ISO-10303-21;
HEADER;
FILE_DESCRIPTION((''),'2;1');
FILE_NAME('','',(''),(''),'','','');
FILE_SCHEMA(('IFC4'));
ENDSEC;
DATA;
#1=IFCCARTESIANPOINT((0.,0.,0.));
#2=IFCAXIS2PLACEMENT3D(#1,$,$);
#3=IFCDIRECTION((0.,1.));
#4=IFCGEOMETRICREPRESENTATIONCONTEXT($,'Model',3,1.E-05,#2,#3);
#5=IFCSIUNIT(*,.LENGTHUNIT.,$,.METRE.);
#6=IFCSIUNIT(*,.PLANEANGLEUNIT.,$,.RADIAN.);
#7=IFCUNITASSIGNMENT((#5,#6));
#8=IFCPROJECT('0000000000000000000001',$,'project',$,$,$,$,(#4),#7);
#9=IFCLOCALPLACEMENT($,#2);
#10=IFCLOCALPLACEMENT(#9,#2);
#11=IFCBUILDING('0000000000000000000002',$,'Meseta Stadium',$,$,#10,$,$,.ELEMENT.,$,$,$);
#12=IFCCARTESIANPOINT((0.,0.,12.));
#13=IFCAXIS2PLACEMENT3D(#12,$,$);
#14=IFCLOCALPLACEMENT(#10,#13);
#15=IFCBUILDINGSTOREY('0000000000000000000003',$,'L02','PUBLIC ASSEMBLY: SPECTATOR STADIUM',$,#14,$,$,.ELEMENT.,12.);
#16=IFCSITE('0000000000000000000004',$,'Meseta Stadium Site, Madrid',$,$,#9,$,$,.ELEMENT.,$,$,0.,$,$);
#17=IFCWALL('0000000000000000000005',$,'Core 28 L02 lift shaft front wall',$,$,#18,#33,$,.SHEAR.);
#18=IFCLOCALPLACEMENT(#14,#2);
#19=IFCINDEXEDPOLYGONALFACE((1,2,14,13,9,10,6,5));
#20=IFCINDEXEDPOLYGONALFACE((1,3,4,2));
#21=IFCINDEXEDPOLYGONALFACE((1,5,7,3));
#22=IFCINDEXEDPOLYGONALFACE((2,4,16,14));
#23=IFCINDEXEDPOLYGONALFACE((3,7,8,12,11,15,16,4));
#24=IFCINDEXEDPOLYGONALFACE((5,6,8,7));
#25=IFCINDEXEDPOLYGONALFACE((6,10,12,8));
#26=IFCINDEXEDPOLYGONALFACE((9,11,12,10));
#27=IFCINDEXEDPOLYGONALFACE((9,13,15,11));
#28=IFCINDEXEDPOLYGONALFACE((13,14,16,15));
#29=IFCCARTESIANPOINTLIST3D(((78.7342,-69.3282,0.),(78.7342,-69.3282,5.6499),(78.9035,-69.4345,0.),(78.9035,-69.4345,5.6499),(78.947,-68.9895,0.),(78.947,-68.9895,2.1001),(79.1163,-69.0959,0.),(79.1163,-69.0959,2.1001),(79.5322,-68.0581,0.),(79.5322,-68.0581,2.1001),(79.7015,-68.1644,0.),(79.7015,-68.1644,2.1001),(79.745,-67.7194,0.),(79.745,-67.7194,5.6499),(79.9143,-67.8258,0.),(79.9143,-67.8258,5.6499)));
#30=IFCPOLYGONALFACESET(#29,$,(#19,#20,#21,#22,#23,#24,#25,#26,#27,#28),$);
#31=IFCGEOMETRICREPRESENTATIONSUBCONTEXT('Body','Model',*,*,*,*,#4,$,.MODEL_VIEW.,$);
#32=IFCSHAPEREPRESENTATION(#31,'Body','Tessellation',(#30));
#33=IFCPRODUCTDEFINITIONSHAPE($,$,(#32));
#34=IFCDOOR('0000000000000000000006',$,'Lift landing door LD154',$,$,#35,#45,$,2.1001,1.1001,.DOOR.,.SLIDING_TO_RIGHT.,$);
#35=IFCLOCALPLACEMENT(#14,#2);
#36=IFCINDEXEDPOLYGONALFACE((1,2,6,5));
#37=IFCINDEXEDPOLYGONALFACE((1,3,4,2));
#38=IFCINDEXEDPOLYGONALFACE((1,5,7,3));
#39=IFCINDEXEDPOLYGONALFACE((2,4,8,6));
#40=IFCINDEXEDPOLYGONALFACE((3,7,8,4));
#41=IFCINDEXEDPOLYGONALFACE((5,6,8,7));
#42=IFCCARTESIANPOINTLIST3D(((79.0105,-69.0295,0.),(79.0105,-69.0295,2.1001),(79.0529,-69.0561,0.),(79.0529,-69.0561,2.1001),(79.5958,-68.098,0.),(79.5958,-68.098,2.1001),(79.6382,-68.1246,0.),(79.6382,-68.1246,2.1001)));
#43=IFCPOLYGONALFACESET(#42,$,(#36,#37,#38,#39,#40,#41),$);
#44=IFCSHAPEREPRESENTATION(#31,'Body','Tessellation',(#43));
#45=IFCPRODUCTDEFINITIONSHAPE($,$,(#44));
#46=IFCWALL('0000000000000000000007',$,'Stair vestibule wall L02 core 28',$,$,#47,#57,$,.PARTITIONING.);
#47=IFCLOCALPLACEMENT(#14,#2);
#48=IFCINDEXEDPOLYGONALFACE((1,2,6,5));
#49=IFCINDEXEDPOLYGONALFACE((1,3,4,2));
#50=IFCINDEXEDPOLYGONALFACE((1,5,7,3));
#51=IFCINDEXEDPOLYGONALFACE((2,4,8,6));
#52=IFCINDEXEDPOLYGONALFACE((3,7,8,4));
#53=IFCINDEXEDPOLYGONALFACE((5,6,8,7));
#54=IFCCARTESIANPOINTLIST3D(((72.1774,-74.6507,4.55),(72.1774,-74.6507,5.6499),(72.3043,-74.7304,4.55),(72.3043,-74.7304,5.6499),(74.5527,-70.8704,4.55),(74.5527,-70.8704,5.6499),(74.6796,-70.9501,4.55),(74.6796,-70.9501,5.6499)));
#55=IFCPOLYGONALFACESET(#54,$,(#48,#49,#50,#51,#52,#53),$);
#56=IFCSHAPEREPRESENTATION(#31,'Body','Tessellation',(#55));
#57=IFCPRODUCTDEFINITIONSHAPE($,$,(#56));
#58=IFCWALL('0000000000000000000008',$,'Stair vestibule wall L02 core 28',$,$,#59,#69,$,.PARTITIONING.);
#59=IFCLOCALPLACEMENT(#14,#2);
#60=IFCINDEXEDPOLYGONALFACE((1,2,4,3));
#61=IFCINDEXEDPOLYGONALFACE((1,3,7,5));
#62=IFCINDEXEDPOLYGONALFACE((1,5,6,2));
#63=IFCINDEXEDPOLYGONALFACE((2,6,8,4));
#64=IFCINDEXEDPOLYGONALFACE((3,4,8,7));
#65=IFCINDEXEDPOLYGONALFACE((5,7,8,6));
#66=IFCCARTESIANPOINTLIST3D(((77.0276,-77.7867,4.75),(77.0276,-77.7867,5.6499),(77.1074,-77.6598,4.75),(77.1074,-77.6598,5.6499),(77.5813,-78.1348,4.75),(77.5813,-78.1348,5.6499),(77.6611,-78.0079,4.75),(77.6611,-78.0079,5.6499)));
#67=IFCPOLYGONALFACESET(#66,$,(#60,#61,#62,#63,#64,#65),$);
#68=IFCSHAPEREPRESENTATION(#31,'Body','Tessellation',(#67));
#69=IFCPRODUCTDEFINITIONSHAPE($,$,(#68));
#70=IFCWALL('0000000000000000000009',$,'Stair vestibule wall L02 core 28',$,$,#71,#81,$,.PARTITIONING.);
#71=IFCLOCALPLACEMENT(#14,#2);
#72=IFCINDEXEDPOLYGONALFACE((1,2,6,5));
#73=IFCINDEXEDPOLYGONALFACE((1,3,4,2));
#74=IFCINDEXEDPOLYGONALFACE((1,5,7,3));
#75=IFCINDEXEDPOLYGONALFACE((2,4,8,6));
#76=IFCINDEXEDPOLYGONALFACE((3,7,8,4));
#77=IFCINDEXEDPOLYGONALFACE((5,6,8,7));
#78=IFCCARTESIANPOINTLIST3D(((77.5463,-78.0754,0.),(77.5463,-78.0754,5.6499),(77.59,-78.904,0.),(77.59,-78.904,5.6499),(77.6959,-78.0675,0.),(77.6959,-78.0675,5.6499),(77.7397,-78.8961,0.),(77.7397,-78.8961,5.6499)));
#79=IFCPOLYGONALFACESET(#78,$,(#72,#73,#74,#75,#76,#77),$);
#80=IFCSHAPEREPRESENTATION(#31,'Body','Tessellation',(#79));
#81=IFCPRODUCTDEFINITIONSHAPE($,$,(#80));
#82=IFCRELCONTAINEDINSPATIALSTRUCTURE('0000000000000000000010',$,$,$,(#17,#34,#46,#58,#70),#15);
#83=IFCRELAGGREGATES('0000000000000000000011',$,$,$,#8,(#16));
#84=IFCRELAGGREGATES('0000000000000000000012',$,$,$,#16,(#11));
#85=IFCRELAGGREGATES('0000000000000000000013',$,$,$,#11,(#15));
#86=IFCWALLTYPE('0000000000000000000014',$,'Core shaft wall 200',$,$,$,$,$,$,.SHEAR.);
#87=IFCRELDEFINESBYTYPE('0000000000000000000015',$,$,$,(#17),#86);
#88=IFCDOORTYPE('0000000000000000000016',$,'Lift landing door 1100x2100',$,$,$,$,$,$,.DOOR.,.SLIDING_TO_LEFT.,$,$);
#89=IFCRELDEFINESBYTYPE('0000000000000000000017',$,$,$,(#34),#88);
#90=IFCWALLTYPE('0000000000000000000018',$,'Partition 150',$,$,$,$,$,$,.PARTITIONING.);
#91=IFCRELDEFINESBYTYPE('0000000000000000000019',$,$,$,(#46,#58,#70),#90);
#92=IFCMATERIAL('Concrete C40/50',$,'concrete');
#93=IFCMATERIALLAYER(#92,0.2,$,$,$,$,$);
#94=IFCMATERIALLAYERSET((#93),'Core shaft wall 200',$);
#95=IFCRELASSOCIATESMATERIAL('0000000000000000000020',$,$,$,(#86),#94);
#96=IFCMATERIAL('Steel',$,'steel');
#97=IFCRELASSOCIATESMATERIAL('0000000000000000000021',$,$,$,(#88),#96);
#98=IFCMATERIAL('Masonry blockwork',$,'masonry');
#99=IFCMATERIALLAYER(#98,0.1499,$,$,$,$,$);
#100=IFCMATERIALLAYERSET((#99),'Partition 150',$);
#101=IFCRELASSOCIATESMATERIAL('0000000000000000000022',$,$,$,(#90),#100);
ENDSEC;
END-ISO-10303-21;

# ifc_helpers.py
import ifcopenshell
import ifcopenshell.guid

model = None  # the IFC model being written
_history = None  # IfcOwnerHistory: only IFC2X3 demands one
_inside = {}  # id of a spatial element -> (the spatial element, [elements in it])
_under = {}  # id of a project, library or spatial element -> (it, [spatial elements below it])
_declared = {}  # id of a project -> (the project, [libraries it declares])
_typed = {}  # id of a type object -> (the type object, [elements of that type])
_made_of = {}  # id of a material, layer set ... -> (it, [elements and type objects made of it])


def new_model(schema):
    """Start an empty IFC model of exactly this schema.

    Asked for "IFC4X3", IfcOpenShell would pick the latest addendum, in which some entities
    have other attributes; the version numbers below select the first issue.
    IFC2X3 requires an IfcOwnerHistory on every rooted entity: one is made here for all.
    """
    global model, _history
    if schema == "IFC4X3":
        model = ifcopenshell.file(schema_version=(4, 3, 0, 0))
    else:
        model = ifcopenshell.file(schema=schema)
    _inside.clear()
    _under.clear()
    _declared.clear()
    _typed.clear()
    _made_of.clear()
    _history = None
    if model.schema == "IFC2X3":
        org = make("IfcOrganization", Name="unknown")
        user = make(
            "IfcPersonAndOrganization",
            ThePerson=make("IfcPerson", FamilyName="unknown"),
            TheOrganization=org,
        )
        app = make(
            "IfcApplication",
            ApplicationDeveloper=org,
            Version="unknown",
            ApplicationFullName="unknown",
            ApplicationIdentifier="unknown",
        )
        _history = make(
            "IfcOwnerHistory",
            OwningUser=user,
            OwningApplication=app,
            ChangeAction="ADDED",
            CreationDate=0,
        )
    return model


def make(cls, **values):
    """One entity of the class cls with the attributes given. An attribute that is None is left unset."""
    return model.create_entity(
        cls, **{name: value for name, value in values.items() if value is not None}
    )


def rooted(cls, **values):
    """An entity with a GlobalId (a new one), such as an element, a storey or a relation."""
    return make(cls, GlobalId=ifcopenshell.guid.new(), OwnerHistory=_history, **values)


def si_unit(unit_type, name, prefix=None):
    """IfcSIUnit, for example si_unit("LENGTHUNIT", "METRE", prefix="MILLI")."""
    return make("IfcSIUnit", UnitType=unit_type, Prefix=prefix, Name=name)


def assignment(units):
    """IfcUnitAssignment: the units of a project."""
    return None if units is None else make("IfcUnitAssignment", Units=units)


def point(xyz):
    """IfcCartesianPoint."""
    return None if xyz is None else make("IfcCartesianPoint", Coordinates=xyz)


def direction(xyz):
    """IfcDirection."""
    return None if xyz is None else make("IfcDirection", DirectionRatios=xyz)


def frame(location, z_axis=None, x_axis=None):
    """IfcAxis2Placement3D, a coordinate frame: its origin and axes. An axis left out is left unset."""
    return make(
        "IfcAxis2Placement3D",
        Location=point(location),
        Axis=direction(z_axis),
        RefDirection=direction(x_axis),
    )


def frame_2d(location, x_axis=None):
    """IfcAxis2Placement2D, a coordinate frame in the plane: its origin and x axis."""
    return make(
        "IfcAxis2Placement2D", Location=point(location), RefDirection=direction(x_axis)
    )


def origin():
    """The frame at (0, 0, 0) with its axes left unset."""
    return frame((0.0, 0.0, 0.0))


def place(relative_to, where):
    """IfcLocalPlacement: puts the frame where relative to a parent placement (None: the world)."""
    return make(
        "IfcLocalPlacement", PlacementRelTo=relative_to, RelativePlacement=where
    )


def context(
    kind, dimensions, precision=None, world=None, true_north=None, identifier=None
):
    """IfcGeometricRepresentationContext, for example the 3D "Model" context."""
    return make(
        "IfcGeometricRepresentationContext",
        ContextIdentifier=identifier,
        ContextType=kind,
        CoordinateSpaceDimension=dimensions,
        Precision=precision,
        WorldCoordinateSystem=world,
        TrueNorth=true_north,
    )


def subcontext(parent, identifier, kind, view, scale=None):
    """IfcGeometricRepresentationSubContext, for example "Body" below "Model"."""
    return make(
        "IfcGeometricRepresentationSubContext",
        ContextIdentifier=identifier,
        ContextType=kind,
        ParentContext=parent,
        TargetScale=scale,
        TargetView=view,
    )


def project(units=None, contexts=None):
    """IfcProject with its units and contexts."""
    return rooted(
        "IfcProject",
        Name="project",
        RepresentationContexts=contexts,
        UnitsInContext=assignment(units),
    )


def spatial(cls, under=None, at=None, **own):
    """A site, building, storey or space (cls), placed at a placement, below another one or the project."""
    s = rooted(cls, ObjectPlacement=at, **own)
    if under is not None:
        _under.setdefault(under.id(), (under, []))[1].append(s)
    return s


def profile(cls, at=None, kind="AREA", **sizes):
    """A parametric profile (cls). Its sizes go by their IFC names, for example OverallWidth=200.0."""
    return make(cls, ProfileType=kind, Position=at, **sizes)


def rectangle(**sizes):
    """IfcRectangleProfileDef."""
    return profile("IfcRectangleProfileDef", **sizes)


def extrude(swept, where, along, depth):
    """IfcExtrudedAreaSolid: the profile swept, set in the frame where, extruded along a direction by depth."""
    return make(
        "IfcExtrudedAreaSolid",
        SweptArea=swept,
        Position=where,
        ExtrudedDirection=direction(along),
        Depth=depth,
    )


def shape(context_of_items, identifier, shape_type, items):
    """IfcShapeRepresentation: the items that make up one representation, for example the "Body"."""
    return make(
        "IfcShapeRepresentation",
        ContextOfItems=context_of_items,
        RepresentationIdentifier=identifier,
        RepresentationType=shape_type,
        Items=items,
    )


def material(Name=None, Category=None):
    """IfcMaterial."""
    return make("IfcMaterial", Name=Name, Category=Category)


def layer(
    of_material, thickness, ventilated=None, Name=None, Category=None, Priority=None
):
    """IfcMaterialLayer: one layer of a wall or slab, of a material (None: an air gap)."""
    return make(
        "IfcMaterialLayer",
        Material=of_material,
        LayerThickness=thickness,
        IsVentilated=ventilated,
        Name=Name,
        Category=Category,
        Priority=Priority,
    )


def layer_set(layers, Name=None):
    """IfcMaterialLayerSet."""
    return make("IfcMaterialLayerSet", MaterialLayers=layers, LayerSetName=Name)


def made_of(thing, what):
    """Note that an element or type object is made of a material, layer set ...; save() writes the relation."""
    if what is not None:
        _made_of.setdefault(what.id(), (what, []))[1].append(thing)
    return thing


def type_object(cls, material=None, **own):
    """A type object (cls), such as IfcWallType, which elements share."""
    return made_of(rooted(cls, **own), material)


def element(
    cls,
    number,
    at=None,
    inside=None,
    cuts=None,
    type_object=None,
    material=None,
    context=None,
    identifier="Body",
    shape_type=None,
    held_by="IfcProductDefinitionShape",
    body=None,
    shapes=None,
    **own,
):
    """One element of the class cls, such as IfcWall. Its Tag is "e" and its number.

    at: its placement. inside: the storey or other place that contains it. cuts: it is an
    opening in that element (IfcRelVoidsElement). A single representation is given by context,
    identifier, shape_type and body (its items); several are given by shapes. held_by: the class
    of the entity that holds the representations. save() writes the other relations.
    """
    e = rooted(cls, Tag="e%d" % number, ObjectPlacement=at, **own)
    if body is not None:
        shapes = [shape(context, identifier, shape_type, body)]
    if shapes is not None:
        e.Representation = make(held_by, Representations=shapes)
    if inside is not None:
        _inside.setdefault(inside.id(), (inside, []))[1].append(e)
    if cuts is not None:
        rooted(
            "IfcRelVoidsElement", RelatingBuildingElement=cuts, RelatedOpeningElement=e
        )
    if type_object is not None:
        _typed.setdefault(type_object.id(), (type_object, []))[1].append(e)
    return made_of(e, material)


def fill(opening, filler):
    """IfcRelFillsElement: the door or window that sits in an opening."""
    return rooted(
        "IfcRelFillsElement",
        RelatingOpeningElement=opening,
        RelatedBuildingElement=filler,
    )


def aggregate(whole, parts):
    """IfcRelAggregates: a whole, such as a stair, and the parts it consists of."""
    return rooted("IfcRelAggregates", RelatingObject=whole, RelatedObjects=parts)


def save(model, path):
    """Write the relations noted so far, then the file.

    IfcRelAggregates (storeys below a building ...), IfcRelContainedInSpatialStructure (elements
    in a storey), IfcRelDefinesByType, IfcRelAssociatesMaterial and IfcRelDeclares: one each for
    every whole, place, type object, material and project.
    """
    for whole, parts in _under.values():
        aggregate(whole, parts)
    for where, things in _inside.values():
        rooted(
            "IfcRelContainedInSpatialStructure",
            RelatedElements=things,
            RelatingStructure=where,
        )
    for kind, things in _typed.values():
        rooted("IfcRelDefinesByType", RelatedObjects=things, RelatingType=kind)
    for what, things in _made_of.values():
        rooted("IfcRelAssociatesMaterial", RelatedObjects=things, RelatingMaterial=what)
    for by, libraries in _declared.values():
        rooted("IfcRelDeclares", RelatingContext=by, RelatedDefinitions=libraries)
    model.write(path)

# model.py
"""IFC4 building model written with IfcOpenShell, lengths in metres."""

from ifc_helpers import new_model, si_unit, direction, frame, frame_2d, origin, place, context, subcontext, project, spatial, rectangle, extrude, material, layer, layer_set, type_object, element, fill, save


model = new_model("IFC4")

# Units and contexts
model_context = context("Model", 3, precision=1e-05, world=origin(), true_north=direction((0.0, 1.0)))
body_context = subcontext(model_context, "Body", "Model", "MODEL_VIEW")
ifc_project = project(units=[si_unit("LENGTHUNIT", "METRE"), si_unit("PLANEANGLEUNIT", "RADIAN")], contexts=[model_context])

# Site, building, storey
site_placement = place(None, origin())
site = spatial("IfcSite", under=ifc_project, at=site_placement, Name="Meseta Stadium Site, Madrid", CompositionType="ELEMENT", RefElevation=0.0)
building_placement = place(site_placement, origin())
building = spatial("IfcBuilding", under=site, at=building_placement, Name="Meseta Stadium", CompositionType="ELEMENT")
storey_placement = place(building_placement, frame((0.0, 0.0, 12.0)))
storey = spatial("IfcBuildingStorey", under=building, at=storey_placement, Name="L02", Description="PUBLIC ASSEMBLY: SPECTATOR STADIUM", CompositionType="ELEMENT", Elevation=12.0)

# Shared definitions
ifc_material_1 = material(Name="Concrete C40/50", Category="concrete")
ifc_layer_1 = layer(ifc_material_1, 0.2)
ifc_layer_set_1 = layer_set([ifc_layer_1], Name="Core shaft wall 200")
wall_type_1 = type_object("IfcWallType", Name="Core shaft wall 200", PredefinedType="SHEAR", material=ifc_layer_set_1)

# Wall, opening, door
wall_1_placement = place(storey_placement, frame((78.8188, -69.3813, 0.0), z_axis=(0.0, 0.0, 1.0), x_axis=(0.532019, 0.846732, 0.0)))
wall_1 = element("IfcWall", 1, at=wall_1_placement, inside=storey, type_object=wall_type_1, Name="Core 28 L02 lift shaft front wall", PredefinedType="SHEAR", context=body_context, shape_type="SweptSolid", body=[
    extrude(rectangle(XDim=1.8999, YDim=0.2, at=frame_2d((0.95, 0.0))), origin(), (0.0, 0.0, 1.0), 5.6499),
])
opening_1_placement = place(wall_1_placement, frame((0.3999, 0.0, 0.0)))
opening_1 = element("IfcOpeningElement", 2, at=opening_1_placement, cuts=wall_1, PredefinedType="OPENING", context=body_context, shape_type="SweptSolid", body=[
    extrude(rectangle(XDim=1.1001, YDim=2.1001, at=frame_2d((0.55, 1.05))), frame((0.0, 0.1099, 0.0), z_axis=(0.0, -1.0, 0.0), x_axis=(1.0, 0.0, 0.0)), (0.0, 0.0, 1.0), 0.22),
])
ifc_material_2 = material(Name="Steel", Category="steel")
door_type_1 = type_object("IfcDoorType", Name="Lift landing door 1100x2100", OperationType="SLIDING_TO_LEFT", PredefinedType="DOOR", material=ifc_material_2)
door_1_placement = place(opening_1_placement, origin())
door_1 = element("IfcDoor", 3, at=door_1_placement, inside=storey, type_object=door_type_1, Name="Lift landing door LD154", OperationType="SLIDING_TO_RIGHT", OverallHeight=2.1001, OverallWidth=1.1001, PredefinedType="DOOR", context=body_context, shape_type="SweptSolid", body=[
    extrude(rectangle(XDim=1.1001, YDim=2.1001, at=frame_2d((0.55, 1.05))), frame((0.0, 0.0249, 0.0), z_axis=(0.0, -1.0, 0.0), x_axis=(1.0, 0.0, 0.0)), (0.0, 0.0, 1.0), 0.05),
])
fill(opening_1, door_1)

# Walls
ifc_material_3 = material(Name="Masonry blockwork", Category="masonry")
ifc_layer_2 = layer(ifc_material_3, 0.1499)
ifc_layer_set_2 = layer_set([ifc_layer_2], Name="Partition 150")
wall_type_2 = type_object("IfcWallType", Name="Partition 150", PredefinedType="PARTITIONING", material=ifc_layer_set_2)
wall_2_placement = place(storey_placement, frame((74.6162, -70.9102, 4.55), z_axis=(0.0, 0.0, 1.0), x_axis=(-0.532023, -0.84673, 0.0)))
element("IfcWall", 4, at=wall_2_placement, inside=storey, type_object=wall_type_2, Name="Stair vestibule wall L02 core 28", PredefinedType="PARTITIONING", context=body_context, shape_type="SweptSolid", body=[
    extrude(rectangle(XDim=4.4646, YDim=0.1499, at=frame_2d((2.2324, 0.0))), origin(), (0.0, 0.0, 1.0), 1.0999),
])
wall_3_placement = place(storey_placement, frame((77.0674, -77.7231, 4.75), z_axis=(0.0, 0.0, 1.0), x_axis=(0.846569, -0.532279, 0.0)))
element("IfcWall", 5, at=wall_3_placement, inside=storey, type_object=wall_type_2, Name="Stair vestibule wall L02 core 28", PredefinedType="PARTITIONING", context=body_context, shape_type="SweptSolid", body=[
    extrude(rectangle(XDim=0.6541, YDim=0.1499, at=frame_2d((0.3271, 0.0))), origin(), (0.0, 0.0, 1.0), 0.8999),
])
wall_4_placement = place(storey_placement, frame((77.6211, -78.0713, 0.0), z_axis=(0.0, 0.0, 1.0), x_axis=(0.052667, -0.998612, 0.0)))
element("IfcWall", 6, at=wall_4_placement, inside=storey, type_object=wall_type_2, Name="Stair vestibule wall L02 core 28", PredefinedType="PARTITIONING", context=body_context, shape_type="SweptSolid", body=[
    extrude(rectangle(XDim=0.8298, YDim=0.1499, at=frame_2d((0.415, 0.0))), origin(), (0.0, 0.0, 1.0), 5.6499),
])

save(model, "model.ifc")
